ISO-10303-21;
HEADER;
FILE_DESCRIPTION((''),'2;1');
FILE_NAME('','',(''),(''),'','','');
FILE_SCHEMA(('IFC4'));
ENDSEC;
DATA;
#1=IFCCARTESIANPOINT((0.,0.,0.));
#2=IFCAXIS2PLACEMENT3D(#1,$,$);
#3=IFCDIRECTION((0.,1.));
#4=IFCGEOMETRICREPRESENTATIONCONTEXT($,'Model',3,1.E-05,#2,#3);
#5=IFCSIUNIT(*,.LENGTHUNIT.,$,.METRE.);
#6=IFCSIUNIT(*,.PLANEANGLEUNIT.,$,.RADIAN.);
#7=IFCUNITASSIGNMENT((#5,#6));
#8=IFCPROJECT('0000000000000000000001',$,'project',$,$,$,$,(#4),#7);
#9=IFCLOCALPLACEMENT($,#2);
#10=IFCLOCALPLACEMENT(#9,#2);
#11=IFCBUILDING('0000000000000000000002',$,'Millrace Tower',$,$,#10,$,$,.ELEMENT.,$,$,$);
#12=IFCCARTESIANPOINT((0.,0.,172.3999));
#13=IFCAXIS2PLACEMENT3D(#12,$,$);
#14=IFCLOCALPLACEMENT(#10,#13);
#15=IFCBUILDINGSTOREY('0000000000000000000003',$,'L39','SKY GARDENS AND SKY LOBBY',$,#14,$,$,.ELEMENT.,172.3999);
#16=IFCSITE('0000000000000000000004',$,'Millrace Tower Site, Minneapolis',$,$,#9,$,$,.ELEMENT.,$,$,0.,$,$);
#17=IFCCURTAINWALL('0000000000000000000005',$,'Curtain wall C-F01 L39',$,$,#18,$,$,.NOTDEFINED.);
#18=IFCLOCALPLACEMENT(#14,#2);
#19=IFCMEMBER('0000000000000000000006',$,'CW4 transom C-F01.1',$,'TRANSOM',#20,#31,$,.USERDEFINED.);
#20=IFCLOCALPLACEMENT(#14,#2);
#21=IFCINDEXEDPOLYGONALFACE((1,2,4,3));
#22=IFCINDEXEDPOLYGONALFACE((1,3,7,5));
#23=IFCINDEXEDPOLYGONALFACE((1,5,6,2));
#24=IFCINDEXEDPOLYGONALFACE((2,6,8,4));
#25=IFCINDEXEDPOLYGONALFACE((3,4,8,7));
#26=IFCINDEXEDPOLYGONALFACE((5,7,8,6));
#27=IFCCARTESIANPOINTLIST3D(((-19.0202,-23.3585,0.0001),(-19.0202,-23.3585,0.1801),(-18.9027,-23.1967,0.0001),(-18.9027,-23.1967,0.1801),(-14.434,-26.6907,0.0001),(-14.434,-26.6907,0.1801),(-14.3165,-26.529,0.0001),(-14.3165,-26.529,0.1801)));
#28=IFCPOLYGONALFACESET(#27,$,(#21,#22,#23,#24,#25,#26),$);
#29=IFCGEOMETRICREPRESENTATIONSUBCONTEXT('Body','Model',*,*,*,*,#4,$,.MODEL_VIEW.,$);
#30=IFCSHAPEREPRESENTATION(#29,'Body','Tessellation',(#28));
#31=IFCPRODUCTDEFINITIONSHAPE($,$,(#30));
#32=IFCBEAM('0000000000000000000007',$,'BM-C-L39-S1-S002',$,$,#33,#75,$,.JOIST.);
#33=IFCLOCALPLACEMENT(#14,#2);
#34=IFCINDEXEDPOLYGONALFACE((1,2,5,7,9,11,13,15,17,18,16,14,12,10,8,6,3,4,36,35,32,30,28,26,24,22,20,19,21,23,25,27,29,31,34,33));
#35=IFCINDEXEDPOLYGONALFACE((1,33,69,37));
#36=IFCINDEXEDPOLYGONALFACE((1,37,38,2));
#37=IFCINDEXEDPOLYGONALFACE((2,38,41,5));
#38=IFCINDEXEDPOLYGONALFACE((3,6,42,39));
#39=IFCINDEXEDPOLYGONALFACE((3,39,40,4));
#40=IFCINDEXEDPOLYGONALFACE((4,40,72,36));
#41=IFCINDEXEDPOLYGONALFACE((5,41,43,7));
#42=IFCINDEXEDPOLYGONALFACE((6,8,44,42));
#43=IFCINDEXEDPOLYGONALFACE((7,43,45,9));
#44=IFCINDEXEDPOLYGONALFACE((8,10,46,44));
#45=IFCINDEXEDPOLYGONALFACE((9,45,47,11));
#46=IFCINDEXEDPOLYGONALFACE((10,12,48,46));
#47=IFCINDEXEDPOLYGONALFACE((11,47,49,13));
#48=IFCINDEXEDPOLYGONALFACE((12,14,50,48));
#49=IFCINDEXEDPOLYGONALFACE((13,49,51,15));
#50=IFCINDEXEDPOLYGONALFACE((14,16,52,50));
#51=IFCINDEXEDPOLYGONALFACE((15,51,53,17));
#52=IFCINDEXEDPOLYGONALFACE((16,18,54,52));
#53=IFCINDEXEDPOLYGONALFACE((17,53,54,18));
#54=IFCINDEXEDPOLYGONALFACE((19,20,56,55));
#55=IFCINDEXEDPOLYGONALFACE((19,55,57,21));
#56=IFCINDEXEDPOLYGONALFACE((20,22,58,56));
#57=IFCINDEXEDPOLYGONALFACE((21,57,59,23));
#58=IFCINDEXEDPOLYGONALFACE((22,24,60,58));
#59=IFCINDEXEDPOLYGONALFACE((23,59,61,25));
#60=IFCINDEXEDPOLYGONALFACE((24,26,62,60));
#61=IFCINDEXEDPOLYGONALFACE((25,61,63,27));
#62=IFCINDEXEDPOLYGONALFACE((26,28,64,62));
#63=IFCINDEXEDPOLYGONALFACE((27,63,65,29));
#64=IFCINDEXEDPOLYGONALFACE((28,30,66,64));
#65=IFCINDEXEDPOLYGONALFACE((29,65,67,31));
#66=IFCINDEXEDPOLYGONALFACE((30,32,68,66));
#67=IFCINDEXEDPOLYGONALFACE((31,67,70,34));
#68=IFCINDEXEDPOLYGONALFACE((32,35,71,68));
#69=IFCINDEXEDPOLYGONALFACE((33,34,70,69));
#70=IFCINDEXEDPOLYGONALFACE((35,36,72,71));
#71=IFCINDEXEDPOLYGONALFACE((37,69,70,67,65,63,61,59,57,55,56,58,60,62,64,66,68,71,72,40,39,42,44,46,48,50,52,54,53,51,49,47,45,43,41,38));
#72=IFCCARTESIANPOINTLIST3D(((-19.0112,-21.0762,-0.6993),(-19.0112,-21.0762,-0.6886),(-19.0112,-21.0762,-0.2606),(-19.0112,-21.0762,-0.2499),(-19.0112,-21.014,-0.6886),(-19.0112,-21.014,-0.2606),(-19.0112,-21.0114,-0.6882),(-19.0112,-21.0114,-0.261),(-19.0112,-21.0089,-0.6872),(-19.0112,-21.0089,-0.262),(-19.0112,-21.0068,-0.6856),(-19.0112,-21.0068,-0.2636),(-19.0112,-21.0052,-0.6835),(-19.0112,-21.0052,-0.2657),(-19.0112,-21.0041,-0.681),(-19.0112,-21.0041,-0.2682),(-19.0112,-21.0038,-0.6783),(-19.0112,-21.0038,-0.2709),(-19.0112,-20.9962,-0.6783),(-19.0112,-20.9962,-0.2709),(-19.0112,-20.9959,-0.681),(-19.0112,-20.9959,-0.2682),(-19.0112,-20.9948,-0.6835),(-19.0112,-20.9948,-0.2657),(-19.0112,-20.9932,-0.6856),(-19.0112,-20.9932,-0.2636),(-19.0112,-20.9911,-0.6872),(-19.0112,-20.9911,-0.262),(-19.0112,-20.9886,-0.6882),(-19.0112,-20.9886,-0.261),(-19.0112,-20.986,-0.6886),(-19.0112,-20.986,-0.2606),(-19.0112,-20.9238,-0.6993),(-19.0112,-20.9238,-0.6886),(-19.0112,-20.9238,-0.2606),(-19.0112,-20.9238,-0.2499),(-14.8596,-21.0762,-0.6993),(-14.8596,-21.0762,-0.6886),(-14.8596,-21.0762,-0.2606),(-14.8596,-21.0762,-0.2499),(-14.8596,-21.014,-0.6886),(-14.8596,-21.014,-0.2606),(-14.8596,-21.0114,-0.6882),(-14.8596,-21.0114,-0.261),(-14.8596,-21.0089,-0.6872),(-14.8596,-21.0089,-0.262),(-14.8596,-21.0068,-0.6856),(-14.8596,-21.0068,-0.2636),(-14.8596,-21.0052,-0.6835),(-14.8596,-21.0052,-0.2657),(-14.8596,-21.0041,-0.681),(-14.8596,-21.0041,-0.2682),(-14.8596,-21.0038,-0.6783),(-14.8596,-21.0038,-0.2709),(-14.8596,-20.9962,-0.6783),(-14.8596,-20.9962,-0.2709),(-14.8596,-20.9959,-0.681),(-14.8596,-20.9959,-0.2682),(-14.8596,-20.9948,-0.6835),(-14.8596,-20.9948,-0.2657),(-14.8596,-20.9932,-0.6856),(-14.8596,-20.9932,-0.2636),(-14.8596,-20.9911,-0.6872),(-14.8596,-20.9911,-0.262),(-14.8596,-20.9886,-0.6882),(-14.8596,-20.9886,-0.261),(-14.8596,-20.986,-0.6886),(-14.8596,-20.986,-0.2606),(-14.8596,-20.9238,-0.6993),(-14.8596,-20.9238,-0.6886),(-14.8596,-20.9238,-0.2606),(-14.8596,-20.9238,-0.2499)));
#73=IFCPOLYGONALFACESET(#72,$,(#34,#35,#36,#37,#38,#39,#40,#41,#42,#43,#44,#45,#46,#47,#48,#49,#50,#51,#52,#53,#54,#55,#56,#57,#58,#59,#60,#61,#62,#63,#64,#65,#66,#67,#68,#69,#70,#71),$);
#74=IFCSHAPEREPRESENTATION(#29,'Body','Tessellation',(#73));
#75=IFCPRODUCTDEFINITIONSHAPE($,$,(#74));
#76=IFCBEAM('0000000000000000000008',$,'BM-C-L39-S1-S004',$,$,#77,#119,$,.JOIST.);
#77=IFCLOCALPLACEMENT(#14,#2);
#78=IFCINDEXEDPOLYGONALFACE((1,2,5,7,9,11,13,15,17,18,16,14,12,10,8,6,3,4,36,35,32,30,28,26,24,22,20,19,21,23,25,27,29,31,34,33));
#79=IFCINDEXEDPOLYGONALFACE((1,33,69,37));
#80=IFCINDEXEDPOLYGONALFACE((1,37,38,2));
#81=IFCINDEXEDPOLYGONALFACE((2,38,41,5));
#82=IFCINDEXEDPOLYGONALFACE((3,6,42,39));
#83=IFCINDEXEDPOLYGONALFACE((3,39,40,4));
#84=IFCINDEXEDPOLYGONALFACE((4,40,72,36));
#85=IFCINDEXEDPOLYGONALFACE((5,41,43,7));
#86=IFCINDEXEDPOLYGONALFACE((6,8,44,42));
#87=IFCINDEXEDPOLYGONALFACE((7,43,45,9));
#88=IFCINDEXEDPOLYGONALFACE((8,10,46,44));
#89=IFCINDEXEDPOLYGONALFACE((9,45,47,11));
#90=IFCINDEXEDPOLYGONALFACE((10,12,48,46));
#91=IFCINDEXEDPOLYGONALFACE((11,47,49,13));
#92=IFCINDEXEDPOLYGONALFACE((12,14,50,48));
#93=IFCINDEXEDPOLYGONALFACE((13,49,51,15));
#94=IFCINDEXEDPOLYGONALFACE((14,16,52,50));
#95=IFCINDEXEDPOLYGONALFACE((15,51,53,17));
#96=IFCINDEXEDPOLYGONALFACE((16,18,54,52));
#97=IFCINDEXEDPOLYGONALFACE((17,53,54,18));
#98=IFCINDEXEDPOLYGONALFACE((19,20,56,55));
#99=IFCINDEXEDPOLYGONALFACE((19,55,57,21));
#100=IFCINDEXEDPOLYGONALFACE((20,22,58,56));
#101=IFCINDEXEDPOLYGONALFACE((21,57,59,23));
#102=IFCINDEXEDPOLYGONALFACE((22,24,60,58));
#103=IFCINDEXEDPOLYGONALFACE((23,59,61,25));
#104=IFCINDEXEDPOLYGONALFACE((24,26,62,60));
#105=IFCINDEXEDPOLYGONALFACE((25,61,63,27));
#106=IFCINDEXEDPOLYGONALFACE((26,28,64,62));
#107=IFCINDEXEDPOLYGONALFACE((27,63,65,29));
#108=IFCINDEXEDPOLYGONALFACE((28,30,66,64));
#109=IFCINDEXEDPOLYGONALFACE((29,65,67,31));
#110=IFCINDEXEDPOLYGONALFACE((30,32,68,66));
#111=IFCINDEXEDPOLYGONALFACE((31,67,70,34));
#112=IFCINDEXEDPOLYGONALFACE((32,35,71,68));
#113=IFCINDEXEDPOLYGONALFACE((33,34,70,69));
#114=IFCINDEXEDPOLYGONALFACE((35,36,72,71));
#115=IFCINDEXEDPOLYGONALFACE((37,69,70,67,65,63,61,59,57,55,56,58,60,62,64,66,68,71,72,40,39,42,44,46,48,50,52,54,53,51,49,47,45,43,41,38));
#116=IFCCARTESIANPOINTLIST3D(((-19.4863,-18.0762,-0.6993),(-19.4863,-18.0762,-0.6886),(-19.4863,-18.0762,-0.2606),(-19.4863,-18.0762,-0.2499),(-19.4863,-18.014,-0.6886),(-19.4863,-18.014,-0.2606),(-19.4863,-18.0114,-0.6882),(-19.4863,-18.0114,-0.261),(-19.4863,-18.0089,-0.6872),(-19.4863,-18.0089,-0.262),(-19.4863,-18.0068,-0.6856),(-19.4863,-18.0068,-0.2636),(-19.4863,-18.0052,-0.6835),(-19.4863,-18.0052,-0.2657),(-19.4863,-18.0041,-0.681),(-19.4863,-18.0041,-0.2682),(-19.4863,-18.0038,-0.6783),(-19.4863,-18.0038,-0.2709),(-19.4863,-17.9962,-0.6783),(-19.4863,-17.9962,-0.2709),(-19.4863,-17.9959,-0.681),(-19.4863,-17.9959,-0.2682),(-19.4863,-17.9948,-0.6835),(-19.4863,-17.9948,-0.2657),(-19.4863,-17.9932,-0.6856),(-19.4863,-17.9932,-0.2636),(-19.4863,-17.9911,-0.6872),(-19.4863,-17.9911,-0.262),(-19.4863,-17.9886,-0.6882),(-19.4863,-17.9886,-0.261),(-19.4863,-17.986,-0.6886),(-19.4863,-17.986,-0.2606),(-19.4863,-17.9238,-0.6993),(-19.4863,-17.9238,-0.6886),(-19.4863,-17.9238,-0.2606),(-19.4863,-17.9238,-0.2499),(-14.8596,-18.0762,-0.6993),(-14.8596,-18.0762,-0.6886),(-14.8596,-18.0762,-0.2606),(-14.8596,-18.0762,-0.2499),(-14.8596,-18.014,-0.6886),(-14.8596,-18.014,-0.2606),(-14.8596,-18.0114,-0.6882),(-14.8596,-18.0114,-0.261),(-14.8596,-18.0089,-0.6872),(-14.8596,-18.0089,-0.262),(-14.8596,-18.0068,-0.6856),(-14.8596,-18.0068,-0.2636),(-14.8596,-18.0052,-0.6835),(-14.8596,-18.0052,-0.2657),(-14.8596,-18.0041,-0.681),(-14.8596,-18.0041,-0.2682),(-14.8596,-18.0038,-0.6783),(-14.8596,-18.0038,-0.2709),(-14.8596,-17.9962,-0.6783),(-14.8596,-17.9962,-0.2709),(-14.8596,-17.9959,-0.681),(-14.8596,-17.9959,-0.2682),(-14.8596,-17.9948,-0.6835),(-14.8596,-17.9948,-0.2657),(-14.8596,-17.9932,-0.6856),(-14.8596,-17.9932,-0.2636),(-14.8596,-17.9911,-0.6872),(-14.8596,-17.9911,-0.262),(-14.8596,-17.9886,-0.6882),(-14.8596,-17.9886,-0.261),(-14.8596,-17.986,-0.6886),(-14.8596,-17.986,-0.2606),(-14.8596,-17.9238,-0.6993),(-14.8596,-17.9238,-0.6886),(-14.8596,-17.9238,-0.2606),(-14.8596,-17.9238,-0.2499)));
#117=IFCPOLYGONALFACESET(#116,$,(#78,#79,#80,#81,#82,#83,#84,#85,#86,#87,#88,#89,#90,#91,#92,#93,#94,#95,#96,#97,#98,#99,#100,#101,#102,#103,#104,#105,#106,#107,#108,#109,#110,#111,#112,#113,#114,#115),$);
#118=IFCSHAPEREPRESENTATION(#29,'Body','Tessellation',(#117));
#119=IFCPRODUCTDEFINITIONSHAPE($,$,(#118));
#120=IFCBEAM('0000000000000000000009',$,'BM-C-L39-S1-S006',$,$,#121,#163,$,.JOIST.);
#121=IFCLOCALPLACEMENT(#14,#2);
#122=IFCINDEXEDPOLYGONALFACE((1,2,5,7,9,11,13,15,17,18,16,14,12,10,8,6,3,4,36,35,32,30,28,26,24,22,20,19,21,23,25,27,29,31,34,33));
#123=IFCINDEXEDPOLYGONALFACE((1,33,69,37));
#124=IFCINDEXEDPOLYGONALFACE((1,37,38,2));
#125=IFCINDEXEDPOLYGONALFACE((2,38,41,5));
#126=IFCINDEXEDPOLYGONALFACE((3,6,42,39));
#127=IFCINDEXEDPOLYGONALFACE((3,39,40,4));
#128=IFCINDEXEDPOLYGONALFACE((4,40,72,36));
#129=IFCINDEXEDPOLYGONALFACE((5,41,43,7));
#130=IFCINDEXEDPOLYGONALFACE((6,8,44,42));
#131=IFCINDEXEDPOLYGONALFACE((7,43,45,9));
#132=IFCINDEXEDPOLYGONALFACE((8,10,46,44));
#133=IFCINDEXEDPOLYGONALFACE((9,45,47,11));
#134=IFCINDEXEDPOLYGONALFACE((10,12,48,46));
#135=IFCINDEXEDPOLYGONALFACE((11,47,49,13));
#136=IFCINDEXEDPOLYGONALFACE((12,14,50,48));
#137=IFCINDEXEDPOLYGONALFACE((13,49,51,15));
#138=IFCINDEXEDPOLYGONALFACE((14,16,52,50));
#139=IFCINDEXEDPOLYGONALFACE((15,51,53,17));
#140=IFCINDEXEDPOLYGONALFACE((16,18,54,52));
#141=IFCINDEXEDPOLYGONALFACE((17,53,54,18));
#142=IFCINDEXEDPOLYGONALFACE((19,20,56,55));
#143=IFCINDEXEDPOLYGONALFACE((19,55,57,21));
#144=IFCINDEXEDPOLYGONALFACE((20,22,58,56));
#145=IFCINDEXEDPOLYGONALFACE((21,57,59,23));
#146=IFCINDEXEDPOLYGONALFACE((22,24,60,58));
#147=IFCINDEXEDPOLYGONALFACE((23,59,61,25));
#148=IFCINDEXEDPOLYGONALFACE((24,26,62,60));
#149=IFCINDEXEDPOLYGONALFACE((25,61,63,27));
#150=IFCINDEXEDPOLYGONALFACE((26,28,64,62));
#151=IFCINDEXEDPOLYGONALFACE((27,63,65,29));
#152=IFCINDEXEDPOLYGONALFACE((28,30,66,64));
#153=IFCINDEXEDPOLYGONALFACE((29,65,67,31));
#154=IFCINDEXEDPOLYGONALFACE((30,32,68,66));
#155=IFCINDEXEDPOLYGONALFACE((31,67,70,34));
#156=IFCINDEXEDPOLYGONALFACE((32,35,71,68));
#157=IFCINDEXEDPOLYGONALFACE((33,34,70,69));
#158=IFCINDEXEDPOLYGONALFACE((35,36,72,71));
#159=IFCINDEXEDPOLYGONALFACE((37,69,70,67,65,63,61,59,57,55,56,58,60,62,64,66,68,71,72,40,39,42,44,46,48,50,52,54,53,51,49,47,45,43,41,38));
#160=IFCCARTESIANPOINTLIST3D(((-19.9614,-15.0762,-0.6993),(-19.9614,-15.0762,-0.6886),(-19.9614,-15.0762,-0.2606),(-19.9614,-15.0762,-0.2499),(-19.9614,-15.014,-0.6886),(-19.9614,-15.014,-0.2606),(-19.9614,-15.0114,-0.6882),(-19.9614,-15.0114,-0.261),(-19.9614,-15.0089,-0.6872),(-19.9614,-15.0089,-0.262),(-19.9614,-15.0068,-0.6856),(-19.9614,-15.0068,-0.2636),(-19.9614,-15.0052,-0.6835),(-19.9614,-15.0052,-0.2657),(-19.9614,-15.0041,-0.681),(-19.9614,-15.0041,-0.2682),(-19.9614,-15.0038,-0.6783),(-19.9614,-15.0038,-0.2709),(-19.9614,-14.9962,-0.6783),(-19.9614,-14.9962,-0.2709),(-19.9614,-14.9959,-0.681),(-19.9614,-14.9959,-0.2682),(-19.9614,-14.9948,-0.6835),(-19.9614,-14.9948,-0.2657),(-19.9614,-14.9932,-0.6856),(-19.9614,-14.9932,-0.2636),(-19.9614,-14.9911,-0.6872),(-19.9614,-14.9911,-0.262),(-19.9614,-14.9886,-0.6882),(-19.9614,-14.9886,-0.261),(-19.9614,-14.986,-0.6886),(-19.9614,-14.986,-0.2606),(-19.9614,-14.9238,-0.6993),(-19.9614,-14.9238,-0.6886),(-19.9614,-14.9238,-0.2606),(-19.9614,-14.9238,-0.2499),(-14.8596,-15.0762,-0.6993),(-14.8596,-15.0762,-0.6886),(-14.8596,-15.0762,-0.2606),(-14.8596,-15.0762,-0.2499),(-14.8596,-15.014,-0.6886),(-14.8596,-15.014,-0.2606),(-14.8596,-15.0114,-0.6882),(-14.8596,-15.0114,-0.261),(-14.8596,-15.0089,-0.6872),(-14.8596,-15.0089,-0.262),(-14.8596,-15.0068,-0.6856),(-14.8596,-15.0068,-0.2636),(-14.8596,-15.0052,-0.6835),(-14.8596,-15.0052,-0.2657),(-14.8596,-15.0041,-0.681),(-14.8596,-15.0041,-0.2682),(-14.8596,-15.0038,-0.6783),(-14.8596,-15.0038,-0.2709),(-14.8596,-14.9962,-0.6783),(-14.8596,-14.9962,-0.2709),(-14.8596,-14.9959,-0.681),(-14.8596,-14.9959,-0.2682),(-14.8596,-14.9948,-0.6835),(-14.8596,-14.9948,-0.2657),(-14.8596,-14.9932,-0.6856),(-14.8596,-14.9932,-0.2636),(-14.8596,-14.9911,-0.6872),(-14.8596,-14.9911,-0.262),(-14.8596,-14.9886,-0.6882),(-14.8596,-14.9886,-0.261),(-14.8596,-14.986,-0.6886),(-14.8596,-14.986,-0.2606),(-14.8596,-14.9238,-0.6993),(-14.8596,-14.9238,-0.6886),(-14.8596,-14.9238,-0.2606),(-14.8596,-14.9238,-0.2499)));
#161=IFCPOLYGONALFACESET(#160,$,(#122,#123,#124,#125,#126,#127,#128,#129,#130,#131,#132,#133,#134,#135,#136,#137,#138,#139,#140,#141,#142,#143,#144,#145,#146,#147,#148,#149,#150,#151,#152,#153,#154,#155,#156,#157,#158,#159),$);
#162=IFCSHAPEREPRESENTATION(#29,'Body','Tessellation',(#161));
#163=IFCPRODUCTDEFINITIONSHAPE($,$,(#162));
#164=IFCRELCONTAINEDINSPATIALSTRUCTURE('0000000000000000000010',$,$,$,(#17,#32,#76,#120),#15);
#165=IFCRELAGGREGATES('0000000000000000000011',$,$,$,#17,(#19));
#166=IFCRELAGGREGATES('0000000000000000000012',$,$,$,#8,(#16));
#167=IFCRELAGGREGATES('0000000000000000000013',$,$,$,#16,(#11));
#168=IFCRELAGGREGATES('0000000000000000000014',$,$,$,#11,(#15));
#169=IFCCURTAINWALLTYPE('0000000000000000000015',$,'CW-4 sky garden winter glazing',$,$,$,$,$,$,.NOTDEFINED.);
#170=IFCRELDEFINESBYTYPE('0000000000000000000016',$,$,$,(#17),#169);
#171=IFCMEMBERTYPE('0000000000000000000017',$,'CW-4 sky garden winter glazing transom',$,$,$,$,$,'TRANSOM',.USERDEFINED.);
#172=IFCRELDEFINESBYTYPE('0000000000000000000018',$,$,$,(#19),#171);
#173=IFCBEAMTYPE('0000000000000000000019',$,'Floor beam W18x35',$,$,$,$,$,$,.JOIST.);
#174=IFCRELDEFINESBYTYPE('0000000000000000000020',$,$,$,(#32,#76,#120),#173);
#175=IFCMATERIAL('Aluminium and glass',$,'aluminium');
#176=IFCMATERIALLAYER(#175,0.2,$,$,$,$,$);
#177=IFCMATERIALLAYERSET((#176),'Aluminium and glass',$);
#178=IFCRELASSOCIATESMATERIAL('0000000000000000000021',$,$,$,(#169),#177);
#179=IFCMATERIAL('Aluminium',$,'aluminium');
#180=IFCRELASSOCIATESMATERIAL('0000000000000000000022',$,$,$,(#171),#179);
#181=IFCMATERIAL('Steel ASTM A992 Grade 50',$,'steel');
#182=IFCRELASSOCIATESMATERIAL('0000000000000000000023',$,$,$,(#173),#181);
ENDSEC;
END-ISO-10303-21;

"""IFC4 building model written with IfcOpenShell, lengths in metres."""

from ifc_helpers import new_model, si_unit, direction, frame, origin, origin_2d, place, context, subcontext, project, spatial, rectangle, i_section, extrude, material, layer, layer_set, material_profile, profile_set, type_object, element, aggregate, save


model = new_model("IFC4")

# Units and contexts
model_context = context("Model", 3, precision=1e-05, world=origin(), true_north=direction((0.0, 1.0)))
body_context = subcontext(model_context, "Body", "Model", "MODEL_VIEW")
ifc_project = project(units=[si_unit("LENGTHUNIT", "METRE"), si_unit("PLANEANGLEUNIT", "RADIAN")], contexts=[model_context])

# Site, building, storey
site_placement = place(None, origin())
site = spatial("IfcSite", under=ifc_project, at=site_placement, Name="Millrace Tower Site, Minneapolis", CompositionType="ELEMENT", RefElevation=0.0)
building_placement = place(site_placement, origin())
building = spatial("IfcBuilding", under=site, at=building_placement, Name="Millrace Tower", CompositionType="ELEMENT")
storey_placement = place(building_placement, frame((0.0, 0.0, 172.3999)))
storey = spatial("IfcBuildingStorey", under=building, at=storey_placement, Name="L39", Description="SKY GARDENS AND SKY LOBBY", CompositionType="ELEMENT", Elevation=172.3999)

# Curtain wall
ifc_material_1 = material(Name="Aluminium and glass", Category="aluminium")
ifc_layer_1 = layer(ifc_material_1, 0.2)
ifc_layer_set_1 = layer_set([ifc_layer_1], Name="Aluminium and glass")
curtain_wall_type = type_object("IfcCurtainWallType", Name="CW-4 sky garden winter glazing", PredefinedType="NOTDEFINED", material=ifc_layer_set_1)
placement = place(storey_placement, origin())
curtain_wall_1 = element("IfcCurtainWall", 1, at=placement, inside=storey, type_object=curtain_wall_type, Name="Curtain wall C-F01 L39", PredefinedType="NOTDEFINED")

# Member
ifc_material_2 = material(Name="Aluminium", Category="aluminium")
ifc_material_profile_1 = material_profile(ifc_material_2, rectangle(XDim=0.2, YDim=0.1799, at=origin_2d()))
ifc_profile_set_1 = profile_set([ifc_material_profile_1], Name="Aluminium")
member_type_1 = type_object("IfcMemberType", Name="CW-4 sky garden winter glazing transom", ElementType="TRANSOM", PredefinedType="USERDEFINED", material=ifc_profile_set_1)
member_1_placement = place(storey_placement, frame((-18.9614, -23.2776, 0.0901), z_axis=(0.808999, -0.587811, 0.0), x_axis=(0.587811, 0.808999, 0.0)))
member_1 = element("IfcMember", 2, at=member_1_placement, type_object=member_type_1, Name="CW4 transom C-F01.1", ObjectType="TRANSOM", PredefinedType="USERDEFINED", context=body_context, shape_type="SweptSolid", body=[
    extrude(rectangle(XDim=0.2, YDim=0.1799, at=origin_2d()), origin(), (0.0, 0.0, 1.0), 5.6689),
])
aggregate(curtain_wall_1, [member_1])

# Beams
ifc_material_3 = material(Name="Steel ASTM A992 Grade 50", Category="steel")
ifc_material_profile_2 = material_profile(ifc_material_3, i_section(OverallWidth=0.1523, OverallDepth=0.4495, WebThickness=0.0076, FlangeThickness=0.0107, FilletRadius=0.0103, at=origin_2d()))
ifc_profile_set_2 = profile_set([ifc_material_profile_2], Name="Steel ASTM A992 Grade 50")
beam_type_1 = type_object("IfcBeamType", Name="Floor beam W18x35", PredefinedType="JOIST", material=ifc_profile_set_2)
beam_1_placement = place(storey_placement, frame((-19.0112, -21.0, -0.4746), z_axis=(1.0, 0.0, 0.0), x_axis=(0.0, 1.0, 0.0)))
element("IfcBeam", 3, at=beam_1_placement, inside=storey, type_object=beam_type_1, Name="BM-C-L39-S1-S002", PredefinedType="JOIST", context=body_context, shape_type="SweptSolid", body=[
    extrude(i_section(OverallWidth=0.1523, OverallDepth=0.4495, WebThickness=0.0076, FlangeThickness=0.0107, FilletRadius=0.0103, at=origin_2d()), origin(), (0.0, 0.0, 1.0), 4.1516),
])
beam_2_placement = place(storey_placement, frame((-19.4863, -18.0, -0.4746), z_axis=(1.0, 0.0, 0.0), x_axis=(0.0, 1.0, 0.0)))
element("IfcBeam", 4, at=beam_2_placement, inside=storey, type_object=beam_type_1, Name="BM-C-L39-S1-S004", PredefinedType="JOIST", context=body_context, shape_type="SweptSolid", body=[
    extrude(i_section(OverallWidth=0.1523, OverallDepth=0.4495, WebThickness=0.0076, FlangeThickness=0.0107, FilletRadius=0.0103, at=origin_2d()), origin(), (0.0, 0.0, 1.0), 4.6267),
])
beam_3_placement = place(storey_placement, frame((-19.9614, -15.0, -0.4746), z_axis=(1.0, 0.0, 0.0), x_axis=(0.0, 1.0, 0.0)))
element("IfcBeam", 5, at=beam_3_placement, inside=storey, type_object=beam_type_1, Name="BM-C-L39-S1-S006", PredefinedType="JOIST", context=body_context, shape_type="SweptSolid", body=[
    extrude(i_section(OverallWidth=0.1523, OverallDepth=0.4495, WebThickness=0.0076, FlangeThickness=0.0107, FilletRadius=0.0103, at=origin_2d()), origin(), (0.0, 0.0, 1.0), 5.1018),
])

save(model, "model.ifc")
